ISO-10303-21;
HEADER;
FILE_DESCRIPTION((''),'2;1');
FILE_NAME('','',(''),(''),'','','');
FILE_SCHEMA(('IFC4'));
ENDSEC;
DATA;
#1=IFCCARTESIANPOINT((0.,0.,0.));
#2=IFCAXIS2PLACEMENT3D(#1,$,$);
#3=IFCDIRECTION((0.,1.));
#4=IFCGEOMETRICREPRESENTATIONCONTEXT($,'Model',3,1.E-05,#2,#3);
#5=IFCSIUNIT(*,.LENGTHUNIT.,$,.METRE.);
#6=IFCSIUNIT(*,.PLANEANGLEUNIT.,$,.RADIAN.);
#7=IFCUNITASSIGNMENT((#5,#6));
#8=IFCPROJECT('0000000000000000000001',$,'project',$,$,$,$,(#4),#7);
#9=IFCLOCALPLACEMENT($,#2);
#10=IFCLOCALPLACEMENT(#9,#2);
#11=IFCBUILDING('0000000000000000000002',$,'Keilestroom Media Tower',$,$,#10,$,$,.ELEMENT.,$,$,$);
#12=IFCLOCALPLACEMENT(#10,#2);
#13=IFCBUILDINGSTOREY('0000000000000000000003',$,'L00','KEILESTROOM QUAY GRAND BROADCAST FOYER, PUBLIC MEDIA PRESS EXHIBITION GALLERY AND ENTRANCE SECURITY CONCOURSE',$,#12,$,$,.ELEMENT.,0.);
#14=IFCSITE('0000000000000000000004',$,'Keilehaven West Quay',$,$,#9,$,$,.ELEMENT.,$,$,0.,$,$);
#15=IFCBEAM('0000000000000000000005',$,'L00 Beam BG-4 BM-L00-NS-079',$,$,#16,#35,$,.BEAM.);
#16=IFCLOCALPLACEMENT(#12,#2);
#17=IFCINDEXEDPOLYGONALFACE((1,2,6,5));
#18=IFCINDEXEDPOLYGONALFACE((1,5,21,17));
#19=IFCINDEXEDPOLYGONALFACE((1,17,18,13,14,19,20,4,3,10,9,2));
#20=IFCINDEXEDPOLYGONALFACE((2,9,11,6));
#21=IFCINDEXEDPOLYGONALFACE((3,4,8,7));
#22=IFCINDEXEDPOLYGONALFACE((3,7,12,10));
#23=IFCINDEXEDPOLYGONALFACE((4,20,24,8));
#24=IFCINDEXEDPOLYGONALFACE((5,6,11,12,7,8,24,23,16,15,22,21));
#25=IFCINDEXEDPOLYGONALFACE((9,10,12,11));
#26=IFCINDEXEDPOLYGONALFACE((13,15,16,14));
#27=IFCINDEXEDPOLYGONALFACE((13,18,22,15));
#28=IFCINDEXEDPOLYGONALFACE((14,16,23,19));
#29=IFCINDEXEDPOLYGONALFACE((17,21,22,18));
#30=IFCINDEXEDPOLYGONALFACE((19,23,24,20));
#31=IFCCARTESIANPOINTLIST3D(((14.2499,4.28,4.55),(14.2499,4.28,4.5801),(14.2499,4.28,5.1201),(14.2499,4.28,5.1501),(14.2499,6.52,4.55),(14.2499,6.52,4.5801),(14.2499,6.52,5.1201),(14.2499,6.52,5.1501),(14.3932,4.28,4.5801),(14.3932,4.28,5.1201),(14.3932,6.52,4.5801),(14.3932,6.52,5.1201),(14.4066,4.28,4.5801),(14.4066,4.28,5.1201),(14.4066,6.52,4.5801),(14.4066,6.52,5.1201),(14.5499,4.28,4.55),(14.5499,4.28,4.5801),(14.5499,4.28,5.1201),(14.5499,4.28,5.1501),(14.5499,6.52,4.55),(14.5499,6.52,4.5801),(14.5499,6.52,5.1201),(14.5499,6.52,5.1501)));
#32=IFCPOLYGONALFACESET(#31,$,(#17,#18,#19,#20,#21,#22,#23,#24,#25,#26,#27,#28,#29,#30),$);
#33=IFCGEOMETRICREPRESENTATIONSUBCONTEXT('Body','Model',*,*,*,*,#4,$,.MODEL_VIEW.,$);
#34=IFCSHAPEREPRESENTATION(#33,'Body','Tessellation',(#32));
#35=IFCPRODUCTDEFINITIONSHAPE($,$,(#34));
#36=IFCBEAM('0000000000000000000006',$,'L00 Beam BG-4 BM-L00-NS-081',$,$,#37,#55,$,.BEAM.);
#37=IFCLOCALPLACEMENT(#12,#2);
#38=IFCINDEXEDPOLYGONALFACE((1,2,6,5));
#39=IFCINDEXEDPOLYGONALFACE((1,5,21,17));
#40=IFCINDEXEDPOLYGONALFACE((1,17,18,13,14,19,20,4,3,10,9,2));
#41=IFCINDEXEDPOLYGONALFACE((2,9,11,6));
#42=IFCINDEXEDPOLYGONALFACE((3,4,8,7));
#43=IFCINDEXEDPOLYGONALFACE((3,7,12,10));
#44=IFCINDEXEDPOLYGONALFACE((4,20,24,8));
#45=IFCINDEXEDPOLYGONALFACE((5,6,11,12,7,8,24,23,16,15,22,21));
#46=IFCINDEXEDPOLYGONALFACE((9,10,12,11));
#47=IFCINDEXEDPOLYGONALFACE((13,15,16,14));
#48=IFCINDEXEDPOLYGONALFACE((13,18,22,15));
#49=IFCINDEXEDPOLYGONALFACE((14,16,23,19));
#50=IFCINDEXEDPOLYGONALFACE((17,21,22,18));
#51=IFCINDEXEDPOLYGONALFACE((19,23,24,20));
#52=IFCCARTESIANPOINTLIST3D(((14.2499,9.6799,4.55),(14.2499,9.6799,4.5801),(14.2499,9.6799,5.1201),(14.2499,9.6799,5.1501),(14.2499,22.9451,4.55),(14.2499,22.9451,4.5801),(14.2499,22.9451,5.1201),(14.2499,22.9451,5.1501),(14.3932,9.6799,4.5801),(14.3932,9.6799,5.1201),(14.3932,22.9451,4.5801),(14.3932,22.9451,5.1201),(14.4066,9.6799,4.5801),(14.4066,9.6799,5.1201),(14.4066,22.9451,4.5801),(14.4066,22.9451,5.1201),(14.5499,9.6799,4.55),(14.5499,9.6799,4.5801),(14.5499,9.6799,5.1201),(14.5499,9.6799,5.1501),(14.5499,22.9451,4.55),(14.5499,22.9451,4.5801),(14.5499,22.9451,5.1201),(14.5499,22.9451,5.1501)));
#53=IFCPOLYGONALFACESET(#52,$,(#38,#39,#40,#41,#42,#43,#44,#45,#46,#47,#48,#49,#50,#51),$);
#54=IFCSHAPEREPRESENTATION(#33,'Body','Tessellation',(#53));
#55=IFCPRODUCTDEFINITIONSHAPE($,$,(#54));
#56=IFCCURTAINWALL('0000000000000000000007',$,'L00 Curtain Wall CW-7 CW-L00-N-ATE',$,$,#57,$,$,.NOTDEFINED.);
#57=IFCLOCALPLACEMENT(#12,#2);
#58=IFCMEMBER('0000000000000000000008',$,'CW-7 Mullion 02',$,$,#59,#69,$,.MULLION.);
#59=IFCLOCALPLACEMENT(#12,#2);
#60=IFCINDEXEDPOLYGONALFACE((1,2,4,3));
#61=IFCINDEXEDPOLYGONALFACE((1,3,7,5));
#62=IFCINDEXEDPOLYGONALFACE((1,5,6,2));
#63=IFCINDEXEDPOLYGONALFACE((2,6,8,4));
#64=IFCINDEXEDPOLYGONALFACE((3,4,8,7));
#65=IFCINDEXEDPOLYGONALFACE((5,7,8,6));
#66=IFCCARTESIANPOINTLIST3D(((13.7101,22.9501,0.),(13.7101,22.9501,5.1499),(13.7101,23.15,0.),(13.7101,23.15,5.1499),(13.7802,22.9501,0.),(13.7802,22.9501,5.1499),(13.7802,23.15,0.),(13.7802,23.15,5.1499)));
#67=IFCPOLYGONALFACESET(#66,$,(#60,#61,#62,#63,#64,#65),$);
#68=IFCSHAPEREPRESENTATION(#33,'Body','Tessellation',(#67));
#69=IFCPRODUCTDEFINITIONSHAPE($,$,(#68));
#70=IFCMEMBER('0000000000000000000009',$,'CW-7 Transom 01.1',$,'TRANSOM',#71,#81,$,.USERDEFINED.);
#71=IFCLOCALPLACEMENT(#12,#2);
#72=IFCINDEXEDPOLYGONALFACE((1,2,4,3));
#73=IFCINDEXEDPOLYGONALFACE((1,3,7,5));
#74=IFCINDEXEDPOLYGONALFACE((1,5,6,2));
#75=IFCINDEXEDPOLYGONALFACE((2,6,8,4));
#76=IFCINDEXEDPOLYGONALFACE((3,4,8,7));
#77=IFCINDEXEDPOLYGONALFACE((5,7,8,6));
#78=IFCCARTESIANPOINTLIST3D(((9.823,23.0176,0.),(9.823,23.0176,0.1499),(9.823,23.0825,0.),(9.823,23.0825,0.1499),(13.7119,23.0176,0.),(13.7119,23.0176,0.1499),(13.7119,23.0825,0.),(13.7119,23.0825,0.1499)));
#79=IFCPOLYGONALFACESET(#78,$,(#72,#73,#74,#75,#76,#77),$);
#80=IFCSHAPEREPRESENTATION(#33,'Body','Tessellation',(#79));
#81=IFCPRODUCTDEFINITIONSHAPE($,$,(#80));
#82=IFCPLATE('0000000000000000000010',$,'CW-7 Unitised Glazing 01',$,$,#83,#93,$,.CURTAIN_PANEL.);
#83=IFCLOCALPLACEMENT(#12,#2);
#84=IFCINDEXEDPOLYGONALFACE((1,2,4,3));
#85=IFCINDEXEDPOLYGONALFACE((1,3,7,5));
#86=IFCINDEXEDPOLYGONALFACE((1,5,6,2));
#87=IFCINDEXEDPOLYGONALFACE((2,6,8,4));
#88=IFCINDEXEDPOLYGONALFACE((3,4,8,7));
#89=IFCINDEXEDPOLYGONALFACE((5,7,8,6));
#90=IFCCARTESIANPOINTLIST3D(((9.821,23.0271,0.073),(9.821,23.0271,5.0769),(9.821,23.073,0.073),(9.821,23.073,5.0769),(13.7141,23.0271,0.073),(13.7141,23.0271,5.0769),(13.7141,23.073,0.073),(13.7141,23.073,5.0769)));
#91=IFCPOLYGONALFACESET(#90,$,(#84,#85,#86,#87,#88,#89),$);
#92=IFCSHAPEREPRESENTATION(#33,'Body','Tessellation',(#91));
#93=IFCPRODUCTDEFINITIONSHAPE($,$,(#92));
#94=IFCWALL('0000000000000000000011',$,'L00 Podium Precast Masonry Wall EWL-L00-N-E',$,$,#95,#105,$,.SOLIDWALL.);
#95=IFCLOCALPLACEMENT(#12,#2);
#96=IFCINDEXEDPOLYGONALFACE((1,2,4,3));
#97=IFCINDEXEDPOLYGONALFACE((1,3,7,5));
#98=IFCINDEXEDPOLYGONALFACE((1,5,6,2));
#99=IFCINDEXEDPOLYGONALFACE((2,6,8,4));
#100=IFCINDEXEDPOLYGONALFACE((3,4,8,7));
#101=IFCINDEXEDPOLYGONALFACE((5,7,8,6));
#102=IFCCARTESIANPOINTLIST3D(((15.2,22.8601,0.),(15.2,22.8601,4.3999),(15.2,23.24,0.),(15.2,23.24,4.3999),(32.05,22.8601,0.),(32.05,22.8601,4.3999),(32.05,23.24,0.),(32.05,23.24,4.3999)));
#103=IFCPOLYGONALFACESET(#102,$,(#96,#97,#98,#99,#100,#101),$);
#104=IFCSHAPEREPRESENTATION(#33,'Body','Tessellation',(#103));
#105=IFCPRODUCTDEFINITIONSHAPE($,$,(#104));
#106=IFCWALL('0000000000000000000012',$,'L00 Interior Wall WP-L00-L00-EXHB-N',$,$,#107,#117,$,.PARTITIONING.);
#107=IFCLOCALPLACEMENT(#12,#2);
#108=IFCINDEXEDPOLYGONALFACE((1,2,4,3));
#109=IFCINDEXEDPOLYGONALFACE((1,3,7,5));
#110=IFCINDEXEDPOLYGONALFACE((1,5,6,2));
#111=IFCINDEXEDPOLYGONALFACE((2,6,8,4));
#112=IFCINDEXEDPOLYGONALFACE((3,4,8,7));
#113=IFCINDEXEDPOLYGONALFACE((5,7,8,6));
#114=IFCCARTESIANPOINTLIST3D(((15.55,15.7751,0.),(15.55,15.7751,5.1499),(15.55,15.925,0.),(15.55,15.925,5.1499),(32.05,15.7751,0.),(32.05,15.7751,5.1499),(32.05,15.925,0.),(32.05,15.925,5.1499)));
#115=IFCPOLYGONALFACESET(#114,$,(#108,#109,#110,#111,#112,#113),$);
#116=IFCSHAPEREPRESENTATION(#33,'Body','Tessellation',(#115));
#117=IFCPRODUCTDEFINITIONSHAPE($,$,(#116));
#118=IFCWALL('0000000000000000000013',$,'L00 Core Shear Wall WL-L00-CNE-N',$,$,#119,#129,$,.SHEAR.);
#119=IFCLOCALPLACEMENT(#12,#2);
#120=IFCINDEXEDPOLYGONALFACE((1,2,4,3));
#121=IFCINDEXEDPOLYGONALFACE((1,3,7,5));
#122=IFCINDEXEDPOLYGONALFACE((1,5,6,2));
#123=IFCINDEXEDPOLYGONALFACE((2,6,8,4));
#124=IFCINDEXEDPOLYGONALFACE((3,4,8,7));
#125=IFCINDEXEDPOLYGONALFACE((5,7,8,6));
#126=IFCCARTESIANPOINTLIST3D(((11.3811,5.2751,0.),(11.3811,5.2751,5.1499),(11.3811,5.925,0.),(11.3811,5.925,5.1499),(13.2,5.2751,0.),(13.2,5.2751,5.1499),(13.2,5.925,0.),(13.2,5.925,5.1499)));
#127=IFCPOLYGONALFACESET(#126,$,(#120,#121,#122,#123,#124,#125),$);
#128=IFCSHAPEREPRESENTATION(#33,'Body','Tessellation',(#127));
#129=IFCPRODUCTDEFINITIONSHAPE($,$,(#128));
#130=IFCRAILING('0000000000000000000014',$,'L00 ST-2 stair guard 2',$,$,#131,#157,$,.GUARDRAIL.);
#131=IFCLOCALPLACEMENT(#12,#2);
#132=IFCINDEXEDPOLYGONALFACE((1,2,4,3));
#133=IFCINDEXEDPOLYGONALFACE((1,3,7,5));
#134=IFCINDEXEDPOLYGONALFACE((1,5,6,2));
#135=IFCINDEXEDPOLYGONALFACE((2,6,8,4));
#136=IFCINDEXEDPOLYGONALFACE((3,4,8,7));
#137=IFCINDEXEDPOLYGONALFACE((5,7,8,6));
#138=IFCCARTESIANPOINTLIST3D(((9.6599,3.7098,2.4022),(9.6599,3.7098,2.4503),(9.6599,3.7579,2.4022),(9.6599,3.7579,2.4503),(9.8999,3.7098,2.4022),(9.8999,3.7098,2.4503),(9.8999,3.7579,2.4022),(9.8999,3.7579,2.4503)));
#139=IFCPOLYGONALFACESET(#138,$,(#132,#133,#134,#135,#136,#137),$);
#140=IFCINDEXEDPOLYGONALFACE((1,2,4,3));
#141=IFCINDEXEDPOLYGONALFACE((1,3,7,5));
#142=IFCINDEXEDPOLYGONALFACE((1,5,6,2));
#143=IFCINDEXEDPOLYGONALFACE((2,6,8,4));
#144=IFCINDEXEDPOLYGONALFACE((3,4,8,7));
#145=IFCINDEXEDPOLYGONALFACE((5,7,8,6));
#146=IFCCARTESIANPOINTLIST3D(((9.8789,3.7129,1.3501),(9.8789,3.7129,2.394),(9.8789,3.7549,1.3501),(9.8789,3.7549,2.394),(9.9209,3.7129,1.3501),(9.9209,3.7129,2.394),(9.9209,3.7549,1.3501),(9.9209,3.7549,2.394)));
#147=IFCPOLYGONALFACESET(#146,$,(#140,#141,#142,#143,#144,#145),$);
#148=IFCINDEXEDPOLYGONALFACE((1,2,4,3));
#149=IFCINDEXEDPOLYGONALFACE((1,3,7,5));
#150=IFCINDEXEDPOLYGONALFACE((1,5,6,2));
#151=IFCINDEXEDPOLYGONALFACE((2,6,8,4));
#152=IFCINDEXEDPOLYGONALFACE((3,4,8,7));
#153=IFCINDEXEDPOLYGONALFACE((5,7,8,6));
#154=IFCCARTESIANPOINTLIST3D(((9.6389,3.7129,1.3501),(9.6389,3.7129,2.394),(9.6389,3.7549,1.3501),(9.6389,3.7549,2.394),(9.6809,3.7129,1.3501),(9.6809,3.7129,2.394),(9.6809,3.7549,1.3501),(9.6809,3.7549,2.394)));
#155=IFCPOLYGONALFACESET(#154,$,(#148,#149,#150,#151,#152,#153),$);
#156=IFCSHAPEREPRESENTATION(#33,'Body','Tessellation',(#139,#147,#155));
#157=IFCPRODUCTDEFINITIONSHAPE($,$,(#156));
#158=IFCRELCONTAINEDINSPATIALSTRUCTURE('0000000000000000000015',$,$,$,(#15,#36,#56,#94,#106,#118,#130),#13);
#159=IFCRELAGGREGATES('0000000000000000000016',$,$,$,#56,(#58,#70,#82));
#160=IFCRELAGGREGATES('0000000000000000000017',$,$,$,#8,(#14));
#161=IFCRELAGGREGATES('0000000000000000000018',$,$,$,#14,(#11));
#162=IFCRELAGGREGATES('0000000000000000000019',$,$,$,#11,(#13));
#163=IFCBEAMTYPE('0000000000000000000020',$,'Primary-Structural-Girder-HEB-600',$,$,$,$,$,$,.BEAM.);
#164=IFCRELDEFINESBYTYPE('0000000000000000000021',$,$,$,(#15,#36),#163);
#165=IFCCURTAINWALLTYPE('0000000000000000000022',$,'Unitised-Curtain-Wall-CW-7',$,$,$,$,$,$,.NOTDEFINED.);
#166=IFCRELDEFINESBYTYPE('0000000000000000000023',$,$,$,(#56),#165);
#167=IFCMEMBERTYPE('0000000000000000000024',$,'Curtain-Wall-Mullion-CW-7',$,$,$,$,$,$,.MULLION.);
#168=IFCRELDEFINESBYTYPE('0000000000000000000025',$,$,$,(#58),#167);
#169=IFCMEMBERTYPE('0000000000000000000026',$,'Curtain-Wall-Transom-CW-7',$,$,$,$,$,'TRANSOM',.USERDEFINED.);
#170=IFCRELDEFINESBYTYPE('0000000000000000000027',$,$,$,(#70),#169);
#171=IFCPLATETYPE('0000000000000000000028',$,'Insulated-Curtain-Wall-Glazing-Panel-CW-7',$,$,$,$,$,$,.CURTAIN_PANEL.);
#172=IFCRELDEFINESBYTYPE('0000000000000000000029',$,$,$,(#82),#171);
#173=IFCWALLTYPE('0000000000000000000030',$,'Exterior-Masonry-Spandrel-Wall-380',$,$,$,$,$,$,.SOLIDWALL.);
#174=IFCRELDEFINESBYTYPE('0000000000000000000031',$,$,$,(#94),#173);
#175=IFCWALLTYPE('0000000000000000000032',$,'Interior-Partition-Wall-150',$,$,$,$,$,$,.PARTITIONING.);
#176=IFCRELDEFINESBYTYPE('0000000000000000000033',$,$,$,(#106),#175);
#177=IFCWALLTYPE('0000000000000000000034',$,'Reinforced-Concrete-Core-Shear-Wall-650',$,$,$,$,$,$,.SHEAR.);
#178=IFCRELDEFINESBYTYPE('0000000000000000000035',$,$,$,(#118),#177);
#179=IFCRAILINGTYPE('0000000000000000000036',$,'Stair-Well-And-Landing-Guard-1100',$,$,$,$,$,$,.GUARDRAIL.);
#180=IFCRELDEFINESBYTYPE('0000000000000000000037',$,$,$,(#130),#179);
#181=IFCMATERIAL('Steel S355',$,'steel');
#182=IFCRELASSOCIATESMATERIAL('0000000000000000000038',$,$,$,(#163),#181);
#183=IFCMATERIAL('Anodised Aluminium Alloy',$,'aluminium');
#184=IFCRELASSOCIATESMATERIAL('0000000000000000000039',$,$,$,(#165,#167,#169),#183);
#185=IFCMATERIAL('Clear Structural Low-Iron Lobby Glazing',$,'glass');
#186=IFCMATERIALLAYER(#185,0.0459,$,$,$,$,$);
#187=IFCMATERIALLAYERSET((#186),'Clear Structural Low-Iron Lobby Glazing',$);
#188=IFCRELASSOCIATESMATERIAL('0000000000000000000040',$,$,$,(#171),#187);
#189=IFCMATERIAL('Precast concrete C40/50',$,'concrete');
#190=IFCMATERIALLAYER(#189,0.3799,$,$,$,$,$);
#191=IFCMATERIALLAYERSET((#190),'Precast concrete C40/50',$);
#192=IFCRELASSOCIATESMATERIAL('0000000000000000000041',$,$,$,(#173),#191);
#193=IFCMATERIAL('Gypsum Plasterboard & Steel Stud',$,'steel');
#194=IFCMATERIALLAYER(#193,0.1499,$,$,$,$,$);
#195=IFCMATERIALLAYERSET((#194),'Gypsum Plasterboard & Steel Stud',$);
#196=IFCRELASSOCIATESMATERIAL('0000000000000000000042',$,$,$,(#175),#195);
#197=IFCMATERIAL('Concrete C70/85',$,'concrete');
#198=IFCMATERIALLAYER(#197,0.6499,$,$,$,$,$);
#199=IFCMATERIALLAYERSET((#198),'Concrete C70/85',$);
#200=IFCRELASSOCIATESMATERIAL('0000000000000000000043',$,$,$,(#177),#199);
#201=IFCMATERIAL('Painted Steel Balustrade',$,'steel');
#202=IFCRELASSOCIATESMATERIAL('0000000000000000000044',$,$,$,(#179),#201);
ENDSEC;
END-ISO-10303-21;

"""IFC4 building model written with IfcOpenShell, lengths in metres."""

from ifc_helpers import new_model, si_unit, direction, frame, frame_2d, origin, origin_2d, place, context, subcontext, project, spatial, rectangle, i_section, extrude, source, transform, mapped, material, layer, layer_set, material_profile, profile_set, type_object, element, aggregate, save


model = new_model("IFC4")

# Units and contexts
model_context = context("Model", 3, precision=1e-05, world=origin(), true_north=direction((0.0, 1.0)))
body_context = subcontext(model_context, "Body", "Model", "MODEL_VIEW")
ifc_project = project(units=[si_unit("LENGTHUNIT", "METRE"), si_unit("PLANEANGLEUNIT", "RADIAN")], contexts=[model_context])

# Site, building, storey
site_placement = place(None, origin())
site = spatial("IfcSite", under=ifc_project, at=site_placement, Name="Keilehaven West Quay", CompositionType="ELEMENT", RefElevation=0.0)
building_placement = place(site_placement, origin())
building = spatial("IfcBuilding", under=site, at=building_placement, Name="Keilestroom Media Tower", CompositionType="ELEMENT")
storey_placement = place(building_placement, origin())
storey = spatial("IfcBuildingStorey", under=building, at=storey_placement, Name="L00", Description="KEILESTROOM QUAY GRAND BROADCAST FOYER, PUBLIC MEDIA PRESS EXHIBITION GALLERY AND ENTRANCE SECURITY CONCOURSE", CompositionType="ELEMENT", Elevation=0.0)

# Shared definitions
ifc_material_1 = material(Name="Precast concrete C40/50", Category="concrete")
ifc_material_2 = material(Name="Concrete C70/85", Category="concrete")

# Beams
ifc_material_3 = material(Name="Steel S355", Category="steel")
ifc_material_profile_1 = material_profile(ifc_material_3, i_section(OverallWidth=0.3, OverallDepth=0.6001, WebThickness=0.0134, FlangeThickness=0.03, at=origin_2d()), Name="HEB 600")
ifc_profile_set_1 = profile_set([ifc_material_profile_1], Name="Steel S355")
beam_type_1 = type_object("IfcBeamType", Name="Primary-Structural-Girder-HEB-600", PredefinedType="BEAM", material=ifc_profile_set_1)
shared_shape_1 = source(origin(), body_context, "Body", "SweptSolid", [
    extrude(i_section(OverallWidth=0.3, OverallDepth=0.6001, WebThickness=0.0134, FlangeThickness=0.03, at=origin_2d()), origin(), (0.0, 0.0, 1.0), 2.24),
])
beam_1_placement = place(storey_placement, frame((14.3999, 4.28, 4.8501), z_axis=(0.0, 1.0, 0.0), x_axis=(-1.0, 0.0, 0.0)))
element("IfcBeam", 1, at=beam_1_placement, inside=storey, type_object=beam_type_1, Name="L00 Beam BG-4 BM-L00-NS-079", PredefinedType="BEAM", context=body_context, shape_type="MappedRepresentation", body=[
    mapped(shared_shape_1, transform((0.0, 0.0, 0.0), x_axis=(1.0, 0.0, 0.0), y_axis=(0.0, 1.0, 0.0), z_axis=(0.0, 0.0, 1.0), scale=1.0)),
])
shared_shape_2 = source(origin(), body_context, "Body", "SweptSolid", [
    extrude(i_section(OverallWidth=0.3, OverallDepth=0.6001, WebThickness=0.0134, FlangeThickness=0.03, at=origin_2d()), origin(), (0.0, 0.0, 1.0), 13.2651),
])
beam_2_placement = place(storey_placement, frame((14.3999, 9.6799, 4.8501), z_axis=(0.0, 1.0, 0.0), x_axis=(-1.0, 0.0, 0.0)))
element("IfcBeam", 2, at=beam_2_placement, inside=storey, type_object=beam_type_1, Name="L00 Beam BG-4 BM-L00-NS-081", PredefinedType="BEAM", context=body_context, shape_type="MappedRepresentation", body=[
    mapped(shared_shape_2, transform((0.0, 0.0, 0.0), x_axis=(1.0, 0.0, 0.0), y_axis=(0.0, 1.0, 0.0), z_axis=(0.0, 0.0, 1.0), scale=1.0)),
])

# Curtain wall, members, plate
ifc_material_4 = material(Name="Anodised Aluminium Alloy", Category="aluminium")
curtain_wall_type = type_object("IfcCurtainWallType", Name="Unitised-Curtain-Wall-CW-7", PredefinedType="NOTDEFINED", material=ifc_material_4)
curtain_wall_placement = place(storey_placement, origin())
curtain_wall = element("IfcCurtainWall", 3, at=curtain_wall_placement, inside=storey, type_object=curtain_wall_type, Name="L00 Curtain Wall CW-7 CW-L00-N-ATE", PredefinedType="NOTDEFINED")
ifc_material_profile_2 = material_profile(ifc_material_4, rectangle(XDim=0.0701, YDim=0.2, at=origin_2d()), Name="ALU MULLION 70x200")
ifc_profile_set_2 = profile_set([ifc_material_profile_2], Name="Anodised Aluminium Alloy")
member_type_1 = type_object("IfcMemberType", Name="Curtain-Wall-Mullion-CW-7", PredefinedType="MULLION", material=ifc_profile_set_2)
shared_shape_3 = source(origin(), body_context, "Body", "SweptSolid", [
    extrude(rectangle(XDim=0.0701, YDim=0.2, at=origin_2d()), origin(), (0.0, 0.0, 1.0), 5.1499),
])
member_1_placement = place(storey_placement, frame((13.7451, 23.05, 0.0), z_axis=(0.0, 0.0, 1.0), x_axis=(1.0, 0.0, 0.0)))
member_1 = element("IfcMember", 4, at=member_1_placement, type_object=member_type_1, Name="CW-7 Mullion 02", PredefinedType="MULLION", context=body_context, shape_type="MappedRepresentation", body=[
    mapped(shared_shape_3, transform((0.0, 0.0, 0.0), x_axis=(1.0, 0.0, 0.0), y_axis=(0.0, 1.0, 0.0), z_axis=(0.0, 0.0, 1.0), scale=1.0)),
])
ifc_material_profile_3 = material_profile(ifc_material_4, rectangle(XDim=0.0649, YDim=0.1499, at=origin_2d()), Name="ALU TRANSOM 65x150")
ifc_profile_set_3 = profile_set([ifc_material_profile_3], Name="Anodised Aluminium Alloy")
member_type_2 = type_object("IfcMemberType", Name="Curtain-Wall-Transom-CW-7", ElementType="TRANSOM", PredefinedType="USERDEFINED", material=ifc_profile_set_3)
shared_shape_4 = source(origin(), body_context, "Body", "SweptSolid", [
    extrude(rectangle(XDim=0.0649, YDim=0.1499, at=origin_2d()), origin(), (0.0, 0.0, 1.0), 3.8889),
])
member_2_placement = place(storey_placement, frame((9.823, 23.05, 0.075), z_axis=(1.0, 0.0, 0.0), x_axis=(0.0, 1.0, 0.0)))
member_2 = element("IfcMember", 5, at=member_2_placement, type_object=member_type_2, Name="CW-7 Transom 01.1", ObjectType="TRANSOM", PredefinedType="USERDEFINED", context=body_context, shape_type="MappedRepresentation", body=[
    mapped(shared_shape_4, transform((0.0, 0.0, 0.0), x_axis=(1.0, 0.0, 0.0), y_axis=(0.0, 1.0, 0.0), z_axis=(0.0, 0.0, 1.0), scale=1.0)),
])
ifc_material_5 = material(Name="Clear Structural Low-Iron Lobby Glazing", Category="glass")
ifc_layer_1 = layer(ifc_material_5, 0.0459)
ifc_layer_set_1 = layer_set([ifc_layer_1], Name="Clear Structural Low-Iron Lobby Glazing")
plate_type = type_object("IfcPlateType", Name="Insulated-Curtain-Wall-Glazing-Panel-CW-7", PredefinedType="CURTAIN_PANEL", material=ifc_layer_set_1)
shared_shape_5 = source(origin(), body_context, "Body", "SweptSolid", [
    extrude(rectangle(XDim=3.8931, YDim=0.0459, at=origin_2d()), origin(), (0.0, 0.0, 1.0), 5.0039),
])
plate_placement = place(storey_placement, frame((11.7676, 23.05, 0.073), z_axis=(0.0, 0.0, 1.0), x_axis=(1.0, 0.0, 0.0)))
plate = element("IfcPlate", 6, at=plate_placement, type_object=plate_type, Name="CW-7 Unitised Glazing 01", PredefinedType="CURTAIN_PANEL", context=body_context, shape_type="MappedRepresentation", body=[
    mapped(shared_shape_5, transform((0.0, 0.0, 0.0), x_axis=(1.0, 0.0, 0.0), y_axis=(0.0, 1.0, 0.0), z_axis=(0.0, 0.0, 1.0), scale=1.0)),
])
aggregate(curtain_wall, [member_1, member_2, plate])

# Walls
ifc_layer_2 = layer(ifc_material_1, 0.3799)
ifc_layer_set_2 = layer_set([ifc_layer_2], Name="Precast concrete C40/50")
wall_type_1 = type_object("IfcWallType", Name="Exterior-Masonry-Spandrel-Wall-380", PredefinedType="SOLIDWALL", material=ifc_layer_set_2)
wall_1_placement = place(storey_placement, frame((15.2, 23.05, 0.0), z_axis=(0.0, 0.0, 1.0), x_axis=(1.0, 0.0, 0.0)))
element("IfcWall", 7, at=wall_1_placement, inside=storey, type_object=wall_type_1, Name="L00 Podium Precast Masonry Wall EWL-L00-N-E", PredefinedType="SOLIDWALL", context=body_context, shape_type="SweptSolid", body=[
    extrude(rectangle(XDim=16.8501, YDim=0.3799, at=frame_2d((8.425, 0.0))), origin(), (0.0, 0.0, 1.0), 4.3999),
])
ifc_material_6 = material(Name="Gypsum Plasterboard & Steel Stud", Category="steel")
ifc_layer_3 = layer(ifc_material_6, 0.1499)
ifc_layer_set_3 = layer_set([ifc_layer_3], Name="Gypsum Plasterboard & Steel Stud")
wall_type_2 = type_object("IfcWallType", Name="Interior-Partition-Wall-150", PredefinedType="PARTITIONING", material=ifc_layer_set_3)
wall_2_placement = place(storey_placement, frame((15.55, 15.8501, 0.0), z_axis=(0.0, 0.0, 1.0), x_axis=(1.0, 0.0, 0.0)))
element("IfcWall", 8, at=wall_2_placement, inside=storey, type_object=wall_type_2, Name="L00 Interior Wall WP-L00-L00-EXHB-N", PredefinedType="PARTITIONING", context=body_context, shape_type="SweptSolid", body=[
    extrude(rectangle(XDim=16.5, YDim=0.1499, at=frame_2d((8.25, 0.0))), origin(), (0.0, 0.0, 1.0), 5.1499),
])
ifc_layer_4 = layer(ifc_material_2, 0.6499)
ifc_layer_set_4 = layer_set([ifc_layer_4], Name="Concrete C70/85")
wall_type_3 = type_object("IfcWallType", Name="Reinforced-Concrete-Core-Shear-Wall-650", PredefinedType="SHEAR", material=ifc_layer_set_4)
wall_3_placement = place(storey_placement, frame((11.3811, 5.6001, 0.0), z_axis=(0.0, 0.0, 1.0), x_axis=(1.0, 0.0, 0.0)))
element("IfcWall", 9, at=wall_3_placement, inside=storey, type_object=wall_type_3, Name="L00 Core Shear Wall WL-L00-CNE-N", PredefinedType="SHEAR", context=body_context, shape_type="SweptSolid", body=[
    extrude(rectangle(XDim=1.8188, YDim=0.6499, at=frame_2d((0.9094, 0.0))), origin(), (0.0, 0.0, 1.0), 5.1499),
])

# Railing
ifc_material_7 = material(Name="Painted Steel Balustrade", Category="steel")
railing_type_1 = type_object("IfcRailingType", Name="Stair-Well-And-Landing-Guard-1100", PredefinedType="GUARDRAIL", material=ifc_material_7)
for number, where, name in (
    (10, (9.8999, 3.7339, 1.3501), "L00 ST-2 stair guard 2"),
):
    element("IfcRailing", number, at=place(storey_placement, frame(where)), inside=storey, type_object=railing_type_1, Name=name, PredefinedType="GUARDRAIL", context=body_context, shape_type="SweptSolid", body=[
        extrude(rectangle(XDim=0.0481, YDim=0.0481, at=origin_2d()), frame((0.0, 0.0, 1.0762), z_axis=(-1.0, 0.0, 0.0), x_axis=(0.0, -1.0, 0.0)), (0.0, 0.0, 1.0), 0.24),
        extrude(rectangle(XDim=0.042, YDim=0.042, at=origin_2d()), origin(), (0.0, 0.0, 1.0), 1.0439),
        extrude(rectangle(XDim=0.042, YDim=0.042, at=origin_2d()), frame((-0.24, 0.0, 0.0)), (0.0, 0.0, 1.0), 1.0439),
    ])

save(model, "model.ifc")
